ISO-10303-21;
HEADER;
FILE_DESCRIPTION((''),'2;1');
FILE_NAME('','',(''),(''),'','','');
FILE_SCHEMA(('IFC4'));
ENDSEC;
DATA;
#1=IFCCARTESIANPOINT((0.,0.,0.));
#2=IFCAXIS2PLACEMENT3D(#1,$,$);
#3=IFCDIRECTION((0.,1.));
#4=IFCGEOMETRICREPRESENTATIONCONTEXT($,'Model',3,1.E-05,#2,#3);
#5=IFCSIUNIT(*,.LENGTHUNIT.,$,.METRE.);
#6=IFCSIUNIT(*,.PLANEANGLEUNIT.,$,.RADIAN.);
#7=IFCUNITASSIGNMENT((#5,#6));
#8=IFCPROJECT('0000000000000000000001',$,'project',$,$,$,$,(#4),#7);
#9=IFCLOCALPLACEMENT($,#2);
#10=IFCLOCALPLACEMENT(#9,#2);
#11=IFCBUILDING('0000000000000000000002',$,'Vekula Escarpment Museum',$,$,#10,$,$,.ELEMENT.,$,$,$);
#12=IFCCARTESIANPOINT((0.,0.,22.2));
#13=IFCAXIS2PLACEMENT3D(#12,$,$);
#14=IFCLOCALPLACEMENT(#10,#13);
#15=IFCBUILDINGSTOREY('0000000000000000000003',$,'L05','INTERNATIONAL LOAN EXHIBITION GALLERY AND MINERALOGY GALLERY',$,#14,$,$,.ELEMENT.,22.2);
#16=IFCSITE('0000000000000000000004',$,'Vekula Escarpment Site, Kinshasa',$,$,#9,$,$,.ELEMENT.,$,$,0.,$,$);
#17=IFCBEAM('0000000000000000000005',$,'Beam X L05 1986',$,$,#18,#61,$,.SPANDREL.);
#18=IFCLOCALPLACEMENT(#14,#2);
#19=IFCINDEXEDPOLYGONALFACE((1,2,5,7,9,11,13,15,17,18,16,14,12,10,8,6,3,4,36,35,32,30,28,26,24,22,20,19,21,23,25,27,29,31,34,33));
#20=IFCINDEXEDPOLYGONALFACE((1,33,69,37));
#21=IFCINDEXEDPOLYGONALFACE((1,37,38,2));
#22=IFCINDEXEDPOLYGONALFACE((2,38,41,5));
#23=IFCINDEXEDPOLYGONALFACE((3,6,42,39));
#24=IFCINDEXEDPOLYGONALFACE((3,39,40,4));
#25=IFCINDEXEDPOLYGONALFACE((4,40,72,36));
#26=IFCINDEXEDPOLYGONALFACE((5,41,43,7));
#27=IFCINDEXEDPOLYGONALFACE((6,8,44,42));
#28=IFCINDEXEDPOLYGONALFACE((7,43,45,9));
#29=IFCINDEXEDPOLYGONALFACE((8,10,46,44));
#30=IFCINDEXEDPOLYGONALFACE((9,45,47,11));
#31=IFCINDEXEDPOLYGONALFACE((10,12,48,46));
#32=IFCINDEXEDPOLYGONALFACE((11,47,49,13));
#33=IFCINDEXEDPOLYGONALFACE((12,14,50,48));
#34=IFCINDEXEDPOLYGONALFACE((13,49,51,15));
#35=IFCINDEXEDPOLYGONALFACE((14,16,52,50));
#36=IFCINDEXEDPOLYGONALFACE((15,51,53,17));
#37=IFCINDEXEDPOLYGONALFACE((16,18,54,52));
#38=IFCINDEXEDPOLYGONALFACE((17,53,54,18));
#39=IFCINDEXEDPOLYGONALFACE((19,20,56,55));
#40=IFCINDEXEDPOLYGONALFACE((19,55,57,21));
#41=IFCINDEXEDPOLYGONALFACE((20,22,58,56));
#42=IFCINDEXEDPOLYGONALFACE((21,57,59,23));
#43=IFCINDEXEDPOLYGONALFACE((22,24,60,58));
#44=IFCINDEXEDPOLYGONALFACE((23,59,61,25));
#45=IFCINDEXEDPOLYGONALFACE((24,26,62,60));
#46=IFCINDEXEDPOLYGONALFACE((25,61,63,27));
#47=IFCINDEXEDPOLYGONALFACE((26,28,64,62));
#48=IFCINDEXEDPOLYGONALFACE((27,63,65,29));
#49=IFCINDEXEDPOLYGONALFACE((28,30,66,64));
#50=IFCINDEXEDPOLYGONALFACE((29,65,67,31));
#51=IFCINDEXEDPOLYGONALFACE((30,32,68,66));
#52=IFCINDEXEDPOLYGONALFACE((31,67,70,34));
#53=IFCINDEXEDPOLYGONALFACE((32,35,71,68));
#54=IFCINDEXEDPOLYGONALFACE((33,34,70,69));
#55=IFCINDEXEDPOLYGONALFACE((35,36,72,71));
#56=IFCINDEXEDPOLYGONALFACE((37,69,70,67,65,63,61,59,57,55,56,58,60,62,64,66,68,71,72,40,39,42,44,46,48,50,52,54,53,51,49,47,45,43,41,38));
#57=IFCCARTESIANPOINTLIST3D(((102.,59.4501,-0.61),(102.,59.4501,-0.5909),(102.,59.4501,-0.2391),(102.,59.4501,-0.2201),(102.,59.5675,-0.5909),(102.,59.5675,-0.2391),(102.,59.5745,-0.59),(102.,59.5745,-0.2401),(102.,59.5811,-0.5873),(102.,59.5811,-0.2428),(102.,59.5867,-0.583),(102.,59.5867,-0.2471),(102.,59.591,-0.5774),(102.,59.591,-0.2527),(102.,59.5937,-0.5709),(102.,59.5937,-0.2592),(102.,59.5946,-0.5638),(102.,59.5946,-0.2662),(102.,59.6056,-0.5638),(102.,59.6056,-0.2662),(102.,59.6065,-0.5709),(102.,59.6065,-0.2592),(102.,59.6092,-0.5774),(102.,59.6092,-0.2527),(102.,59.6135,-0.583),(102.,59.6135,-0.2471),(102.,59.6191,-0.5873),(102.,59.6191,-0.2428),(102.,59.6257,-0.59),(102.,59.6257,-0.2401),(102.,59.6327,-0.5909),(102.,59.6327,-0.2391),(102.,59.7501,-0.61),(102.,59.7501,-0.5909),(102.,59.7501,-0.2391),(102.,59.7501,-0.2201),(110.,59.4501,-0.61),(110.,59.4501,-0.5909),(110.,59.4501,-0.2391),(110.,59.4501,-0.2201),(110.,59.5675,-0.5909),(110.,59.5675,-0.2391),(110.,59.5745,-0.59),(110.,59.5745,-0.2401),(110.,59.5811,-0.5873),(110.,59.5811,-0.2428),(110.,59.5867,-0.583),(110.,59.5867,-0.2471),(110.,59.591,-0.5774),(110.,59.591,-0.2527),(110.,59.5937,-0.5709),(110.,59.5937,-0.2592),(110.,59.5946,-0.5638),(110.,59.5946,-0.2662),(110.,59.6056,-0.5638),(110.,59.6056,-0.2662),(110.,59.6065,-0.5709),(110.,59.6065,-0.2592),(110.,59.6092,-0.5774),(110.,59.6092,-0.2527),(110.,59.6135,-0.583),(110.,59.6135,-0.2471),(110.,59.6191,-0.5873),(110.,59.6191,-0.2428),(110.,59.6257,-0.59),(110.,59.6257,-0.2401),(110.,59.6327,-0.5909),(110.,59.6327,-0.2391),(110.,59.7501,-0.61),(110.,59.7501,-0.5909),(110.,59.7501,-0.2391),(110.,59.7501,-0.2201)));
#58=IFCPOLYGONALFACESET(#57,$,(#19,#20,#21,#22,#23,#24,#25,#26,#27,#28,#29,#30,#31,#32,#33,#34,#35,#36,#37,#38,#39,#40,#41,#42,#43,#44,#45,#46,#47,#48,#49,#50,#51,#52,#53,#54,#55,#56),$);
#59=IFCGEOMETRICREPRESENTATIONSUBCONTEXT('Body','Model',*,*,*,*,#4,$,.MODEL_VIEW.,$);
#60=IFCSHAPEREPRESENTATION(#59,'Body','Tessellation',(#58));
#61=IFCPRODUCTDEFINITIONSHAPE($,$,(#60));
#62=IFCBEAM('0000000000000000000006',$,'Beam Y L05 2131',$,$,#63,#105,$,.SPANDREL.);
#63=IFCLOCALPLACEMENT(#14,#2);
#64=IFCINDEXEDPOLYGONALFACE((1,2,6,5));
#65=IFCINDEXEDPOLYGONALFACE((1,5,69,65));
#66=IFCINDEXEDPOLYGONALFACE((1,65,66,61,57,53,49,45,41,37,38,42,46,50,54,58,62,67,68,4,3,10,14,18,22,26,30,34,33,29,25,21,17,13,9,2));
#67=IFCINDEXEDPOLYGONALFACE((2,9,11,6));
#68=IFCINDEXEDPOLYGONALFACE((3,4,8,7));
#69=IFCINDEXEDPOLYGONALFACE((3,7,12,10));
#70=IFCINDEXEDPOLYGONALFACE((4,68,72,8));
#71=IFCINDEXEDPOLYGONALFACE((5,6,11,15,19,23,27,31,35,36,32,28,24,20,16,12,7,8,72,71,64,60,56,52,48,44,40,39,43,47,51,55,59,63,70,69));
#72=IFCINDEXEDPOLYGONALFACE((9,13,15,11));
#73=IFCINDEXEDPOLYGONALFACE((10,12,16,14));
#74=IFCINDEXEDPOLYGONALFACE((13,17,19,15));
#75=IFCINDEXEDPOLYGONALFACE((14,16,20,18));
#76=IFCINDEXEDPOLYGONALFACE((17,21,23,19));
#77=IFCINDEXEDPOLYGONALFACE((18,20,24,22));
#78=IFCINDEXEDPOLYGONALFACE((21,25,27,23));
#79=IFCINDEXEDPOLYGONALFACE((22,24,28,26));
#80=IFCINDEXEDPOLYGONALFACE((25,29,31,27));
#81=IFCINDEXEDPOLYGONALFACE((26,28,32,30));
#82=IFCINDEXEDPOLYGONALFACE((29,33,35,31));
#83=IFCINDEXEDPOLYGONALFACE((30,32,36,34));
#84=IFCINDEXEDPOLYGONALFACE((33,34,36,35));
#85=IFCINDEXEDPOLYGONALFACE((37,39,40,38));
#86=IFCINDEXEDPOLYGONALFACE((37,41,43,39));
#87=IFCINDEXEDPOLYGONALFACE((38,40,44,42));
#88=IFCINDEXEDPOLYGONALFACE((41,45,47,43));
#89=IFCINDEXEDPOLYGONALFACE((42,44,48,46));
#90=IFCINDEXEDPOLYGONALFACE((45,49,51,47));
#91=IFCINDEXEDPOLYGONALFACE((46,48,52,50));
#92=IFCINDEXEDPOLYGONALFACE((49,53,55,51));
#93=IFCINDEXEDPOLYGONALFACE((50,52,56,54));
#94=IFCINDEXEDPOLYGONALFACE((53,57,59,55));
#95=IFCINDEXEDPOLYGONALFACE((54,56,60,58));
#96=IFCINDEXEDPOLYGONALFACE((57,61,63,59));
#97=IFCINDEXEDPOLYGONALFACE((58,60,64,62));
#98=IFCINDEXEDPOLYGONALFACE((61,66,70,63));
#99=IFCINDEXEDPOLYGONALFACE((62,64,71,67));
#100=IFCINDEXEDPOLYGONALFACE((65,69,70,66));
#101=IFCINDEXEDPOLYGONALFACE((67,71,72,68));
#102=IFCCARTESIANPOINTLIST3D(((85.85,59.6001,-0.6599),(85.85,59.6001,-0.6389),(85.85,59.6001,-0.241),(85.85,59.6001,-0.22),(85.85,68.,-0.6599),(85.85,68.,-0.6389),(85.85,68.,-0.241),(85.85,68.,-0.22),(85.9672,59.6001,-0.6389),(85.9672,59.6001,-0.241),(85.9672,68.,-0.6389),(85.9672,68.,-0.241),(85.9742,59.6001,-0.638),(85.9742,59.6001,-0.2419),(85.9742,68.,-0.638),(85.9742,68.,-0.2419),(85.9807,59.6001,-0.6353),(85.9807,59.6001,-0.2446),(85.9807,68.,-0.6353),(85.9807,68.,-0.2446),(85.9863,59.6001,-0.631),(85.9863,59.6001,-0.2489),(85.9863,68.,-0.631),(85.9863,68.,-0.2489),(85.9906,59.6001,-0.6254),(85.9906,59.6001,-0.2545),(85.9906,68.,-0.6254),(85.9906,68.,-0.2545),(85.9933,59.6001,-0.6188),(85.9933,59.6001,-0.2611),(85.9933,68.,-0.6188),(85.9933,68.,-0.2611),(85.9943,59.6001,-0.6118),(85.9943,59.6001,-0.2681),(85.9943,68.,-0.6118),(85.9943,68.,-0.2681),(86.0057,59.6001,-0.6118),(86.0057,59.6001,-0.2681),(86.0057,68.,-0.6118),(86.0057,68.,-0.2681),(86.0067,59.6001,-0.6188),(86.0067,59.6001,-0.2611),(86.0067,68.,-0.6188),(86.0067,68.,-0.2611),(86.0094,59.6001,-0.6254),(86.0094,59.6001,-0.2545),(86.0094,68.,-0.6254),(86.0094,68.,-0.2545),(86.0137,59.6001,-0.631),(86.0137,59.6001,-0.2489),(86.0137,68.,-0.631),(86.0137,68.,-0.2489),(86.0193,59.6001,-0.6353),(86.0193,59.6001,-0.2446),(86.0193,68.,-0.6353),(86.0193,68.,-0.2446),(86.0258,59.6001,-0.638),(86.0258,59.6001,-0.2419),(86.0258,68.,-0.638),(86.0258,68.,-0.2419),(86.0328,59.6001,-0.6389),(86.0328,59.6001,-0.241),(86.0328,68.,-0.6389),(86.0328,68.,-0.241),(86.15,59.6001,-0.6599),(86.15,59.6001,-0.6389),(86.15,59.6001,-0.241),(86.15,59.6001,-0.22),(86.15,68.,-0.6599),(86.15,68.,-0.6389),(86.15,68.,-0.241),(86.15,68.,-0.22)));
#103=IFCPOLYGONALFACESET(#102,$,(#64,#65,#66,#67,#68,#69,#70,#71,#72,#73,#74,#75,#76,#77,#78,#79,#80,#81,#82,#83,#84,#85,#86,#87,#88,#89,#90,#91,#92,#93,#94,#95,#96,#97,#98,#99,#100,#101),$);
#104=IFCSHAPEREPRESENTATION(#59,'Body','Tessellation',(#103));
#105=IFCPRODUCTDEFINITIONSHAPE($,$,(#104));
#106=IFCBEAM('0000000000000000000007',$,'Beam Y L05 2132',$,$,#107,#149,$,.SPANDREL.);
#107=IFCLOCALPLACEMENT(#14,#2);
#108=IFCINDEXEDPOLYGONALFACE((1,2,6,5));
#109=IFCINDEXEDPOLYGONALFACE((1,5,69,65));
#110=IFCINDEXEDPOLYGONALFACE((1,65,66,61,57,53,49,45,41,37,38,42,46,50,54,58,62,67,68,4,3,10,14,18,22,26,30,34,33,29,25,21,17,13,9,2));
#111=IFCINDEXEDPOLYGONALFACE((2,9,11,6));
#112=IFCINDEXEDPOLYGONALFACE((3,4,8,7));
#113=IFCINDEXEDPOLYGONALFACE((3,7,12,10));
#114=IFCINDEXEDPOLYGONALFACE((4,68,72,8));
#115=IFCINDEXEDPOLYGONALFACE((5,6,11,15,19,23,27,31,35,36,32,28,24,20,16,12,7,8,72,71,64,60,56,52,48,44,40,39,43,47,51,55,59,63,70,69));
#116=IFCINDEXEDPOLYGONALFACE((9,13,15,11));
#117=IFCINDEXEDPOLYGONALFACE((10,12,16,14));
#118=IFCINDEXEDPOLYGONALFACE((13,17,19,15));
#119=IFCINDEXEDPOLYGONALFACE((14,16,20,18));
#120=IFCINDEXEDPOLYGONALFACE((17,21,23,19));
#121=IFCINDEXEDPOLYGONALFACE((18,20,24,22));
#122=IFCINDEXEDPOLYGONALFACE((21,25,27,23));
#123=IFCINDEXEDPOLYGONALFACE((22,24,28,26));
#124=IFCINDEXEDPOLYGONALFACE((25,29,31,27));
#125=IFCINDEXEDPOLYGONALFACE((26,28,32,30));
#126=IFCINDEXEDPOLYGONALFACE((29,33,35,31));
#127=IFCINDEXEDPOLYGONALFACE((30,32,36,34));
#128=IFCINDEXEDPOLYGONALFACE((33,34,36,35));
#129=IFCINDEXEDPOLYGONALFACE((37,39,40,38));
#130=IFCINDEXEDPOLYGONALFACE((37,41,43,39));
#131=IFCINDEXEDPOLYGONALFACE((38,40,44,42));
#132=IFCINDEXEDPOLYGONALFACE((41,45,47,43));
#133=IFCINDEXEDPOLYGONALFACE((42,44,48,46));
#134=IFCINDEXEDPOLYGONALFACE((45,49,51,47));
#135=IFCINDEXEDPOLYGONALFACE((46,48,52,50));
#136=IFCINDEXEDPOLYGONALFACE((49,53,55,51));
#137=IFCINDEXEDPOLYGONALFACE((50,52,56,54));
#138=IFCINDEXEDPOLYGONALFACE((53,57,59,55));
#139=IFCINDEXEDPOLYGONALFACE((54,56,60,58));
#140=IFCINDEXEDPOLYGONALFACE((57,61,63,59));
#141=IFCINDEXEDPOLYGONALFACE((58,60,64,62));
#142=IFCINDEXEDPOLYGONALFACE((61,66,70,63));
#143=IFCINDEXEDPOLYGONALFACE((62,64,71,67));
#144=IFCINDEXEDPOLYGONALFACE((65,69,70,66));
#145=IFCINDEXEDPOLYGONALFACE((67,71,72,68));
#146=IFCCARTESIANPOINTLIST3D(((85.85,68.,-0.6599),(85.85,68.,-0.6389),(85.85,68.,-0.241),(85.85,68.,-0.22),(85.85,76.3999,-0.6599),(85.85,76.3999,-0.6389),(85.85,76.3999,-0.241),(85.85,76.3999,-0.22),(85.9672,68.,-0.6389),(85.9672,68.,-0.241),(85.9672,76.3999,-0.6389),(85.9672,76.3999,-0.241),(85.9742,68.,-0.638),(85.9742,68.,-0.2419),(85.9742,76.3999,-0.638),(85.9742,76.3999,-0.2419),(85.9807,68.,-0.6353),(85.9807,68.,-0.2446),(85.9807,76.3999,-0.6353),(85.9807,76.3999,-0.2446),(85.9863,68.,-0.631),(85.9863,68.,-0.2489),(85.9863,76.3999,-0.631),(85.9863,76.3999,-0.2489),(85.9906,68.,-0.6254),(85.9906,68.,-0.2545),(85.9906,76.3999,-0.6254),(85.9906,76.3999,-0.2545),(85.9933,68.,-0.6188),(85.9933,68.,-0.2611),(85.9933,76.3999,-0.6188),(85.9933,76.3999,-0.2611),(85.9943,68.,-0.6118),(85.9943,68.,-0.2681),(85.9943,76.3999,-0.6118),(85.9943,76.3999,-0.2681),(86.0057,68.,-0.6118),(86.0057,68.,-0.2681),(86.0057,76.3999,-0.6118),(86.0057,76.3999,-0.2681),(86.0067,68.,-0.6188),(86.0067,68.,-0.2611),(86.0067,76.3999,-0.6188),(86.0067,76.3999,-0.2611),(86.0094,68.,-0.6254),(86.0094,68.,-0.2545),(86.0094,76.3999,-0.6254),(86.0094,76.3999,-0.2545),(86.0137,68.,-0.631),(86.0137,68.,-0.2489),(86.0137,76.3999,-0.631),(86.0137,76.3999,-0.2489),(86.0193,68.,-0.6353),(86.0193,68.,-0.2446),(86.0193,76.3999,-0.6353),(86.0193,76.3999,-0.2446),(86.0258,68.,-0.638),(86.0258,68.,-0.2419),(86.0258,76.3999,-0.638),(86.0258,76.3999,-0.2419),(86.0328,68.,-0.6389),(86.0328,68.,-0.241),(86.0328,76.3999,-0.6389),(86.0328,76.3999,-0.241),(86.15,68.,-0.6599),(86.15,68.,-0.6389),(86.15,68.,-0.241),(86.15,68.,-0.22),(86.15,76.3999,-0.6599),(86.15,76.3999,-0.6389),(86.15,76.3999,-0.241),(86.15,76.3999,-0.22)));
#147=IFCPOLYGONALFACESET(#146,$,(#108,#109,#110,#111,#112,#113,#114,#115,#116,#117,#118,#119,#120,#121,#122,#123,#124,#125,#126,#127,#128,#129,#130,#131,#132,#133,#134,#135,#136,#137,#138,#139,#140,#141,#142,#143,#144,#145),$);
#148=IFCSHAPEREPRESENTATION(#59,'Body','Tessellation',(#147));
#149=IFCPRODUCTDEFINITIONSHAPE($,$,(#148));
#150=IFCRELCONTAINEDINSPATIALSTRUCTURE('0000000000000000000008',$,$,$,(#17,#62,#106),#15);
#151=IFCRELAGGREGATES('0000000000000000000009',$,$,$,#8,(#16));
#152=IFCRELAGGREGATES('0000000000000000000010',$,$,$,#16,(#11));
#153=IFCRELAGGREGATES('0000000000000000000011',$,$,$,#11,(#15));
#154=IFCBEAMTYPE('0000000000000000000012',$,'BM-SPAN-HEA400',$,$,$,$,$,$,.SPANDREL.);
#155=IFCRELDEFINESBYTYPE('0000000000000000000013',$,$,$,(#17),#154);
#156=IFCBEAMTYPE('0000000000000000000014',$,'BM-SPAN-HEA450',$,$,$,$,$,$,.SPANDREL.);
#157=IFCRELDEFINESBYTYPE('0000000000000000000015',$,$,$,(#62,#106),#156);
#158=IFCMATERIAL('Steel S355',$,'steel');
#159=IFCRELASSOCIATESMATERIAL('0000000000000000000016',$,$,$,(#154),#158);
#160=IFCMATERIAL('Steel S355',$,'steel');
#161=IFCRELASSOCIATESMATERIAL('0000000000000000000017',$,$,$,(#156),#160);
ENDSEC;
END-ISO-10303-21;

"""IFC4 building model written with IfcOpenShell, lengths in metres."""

from ifc_helpers import new_model, si_unit, direction, frame, origin, origin_2d, place, context, subcontext, project, spatial, i_section, extrude, material, material_profile, profile_set, type_object, element, save


model = new_model("IFC4")

# Units and contexts
model_context = context("Model", 3, precision=1e-05, world=origin(), true_north=direction((0.0, 1.0)))
body_context = subcontext(model_context, "Body", "Model", "MODEL_VIEW")
ifc_project = project(units=[si_unit("LENGTHUNIT", "METRE"), si_unit("PLANEANGLEUNIT", "RADIAN")], contexts=[model_context])

# Site, building, storey
site_placement = place(None, origin())
site = spatial("IfcSite", under=ifc_project, at=site_placement, Name="Vekula Escarpment Site, Kinshasa", CompositionType="ELEMENT", RefElevation=0.0)
building_placement = place(site_placement, origin())
building = spatial("IfcBuilding", under=site, at=building_placement, Name="Vekula Escarpment Museum", CompositionType="ELEMENT")
storey_placement = place(building_placement, frame((0.0, 0.0, 22.2)))
storey = spatial("IfcBuildingStorey", under=building, at=storey_placement, Name="L05", Description="INTERNATIONAL LOAN EXHIBITION GALLERY AND MINERALOGY GALLERY", CompositionType="ELEMENT", Elevation=22.2)

# Beams
ifc_material_1 = material(Name="Steel S355", Category="steel")
ifc_material_profile_1 = material_profile(ifc_material_1, i_section(OverallWidth=0.3, OverallDepth=0.3899, WebThickness=0.011, FlangeThickness=0.019, FilletRadius=0.0271, at=origin_2d()), Name="HEA 400")
ifc_profile_set_1 = profile_set([ifc_material_profile_1], Name="Steel S355")
beam_type_1 = type_object("IfcBeamType", Name="BM-SPAN-HEA400", PredefinedType="SPANDREL", material=ifc_profile_set_1)
for number, where, z_axis, x_axis, name in (
    (1, (102.0, 59.6001, -0.415), (1.0, 0.0, 0.0), (0.0, 1.0, 0.0), "Beam X L05 1986"),
):
    element("IfcBeam", number, at=place(storey_placement, frame(where, z_axis=z_axis, x_axis=x_axis)), inside=storey, type_object=beam_type_1, Name=name, PredefinedType="SPANDREL", context=body_context, shape_type="SweptSolid", body=[
        extrude(i_section(OverallWidth=0.3, OverallDepth=0.3899, WebThickness=0.011, FlangeThickness=0.019, FilletRadius=0.0271, at=origin_2d()), origin(), (0.0, 0.0, 1.0), 8.0),
    ])
ifc_material_2 = material(Name="Steel S355", Category="steel")
ifc_material_profile_2 = material_profile(ifc_material_2, i_section(OverallWidth=0.3, OverallDepth=0.4399, WebThickness=0.0115, FlangeThickness=0.021, FilletRadius=0.0271, at=origin_2d()), Name="HEA 450")
ifc_profile_set_2 = profile_set([ifc_material_profile_2], Name="Steel S355")
beam_type_2 = type_object("IfcBeamType", Name="BM-SPAN-HEA450", PredefinedType="SPANDREL", material=ifc_profile_set_2)
for number, where, z_axis, x_axis, name in (
    (2, (86.0, 59.6001, -0.4399), (0.0, 1.0, 0.0), (-1.0, 0.0, 0.0), "Beam Y L05 2131"),
    (3, (86.0, 68.0, -0.4399), (0.0, 1.0, 0.0), (-1.0, 0.0, 0.0), "Beam Y L05 2132"),
):
    element("IfcBeam", number, at=place(storey_placement, frame(where, z_axis=z_axis, x_axis=x_axis)), inside=storey, type_object=beam_type_2, Name=name, PredefinedType="SPANDREL", context=body_context, shape_type="SweptSolid", body=[
        extrude(i_section(OverallWidth=0.3, OverallDepth=0.4399, WebThickness=0.0115, FlangeThickness=0.021, FilletRadius=0.0271, at=origin_2d()), origin(), (0.0, 0.0, 1.0), 8.3999),
    ])

save(model, "model.ifc")
